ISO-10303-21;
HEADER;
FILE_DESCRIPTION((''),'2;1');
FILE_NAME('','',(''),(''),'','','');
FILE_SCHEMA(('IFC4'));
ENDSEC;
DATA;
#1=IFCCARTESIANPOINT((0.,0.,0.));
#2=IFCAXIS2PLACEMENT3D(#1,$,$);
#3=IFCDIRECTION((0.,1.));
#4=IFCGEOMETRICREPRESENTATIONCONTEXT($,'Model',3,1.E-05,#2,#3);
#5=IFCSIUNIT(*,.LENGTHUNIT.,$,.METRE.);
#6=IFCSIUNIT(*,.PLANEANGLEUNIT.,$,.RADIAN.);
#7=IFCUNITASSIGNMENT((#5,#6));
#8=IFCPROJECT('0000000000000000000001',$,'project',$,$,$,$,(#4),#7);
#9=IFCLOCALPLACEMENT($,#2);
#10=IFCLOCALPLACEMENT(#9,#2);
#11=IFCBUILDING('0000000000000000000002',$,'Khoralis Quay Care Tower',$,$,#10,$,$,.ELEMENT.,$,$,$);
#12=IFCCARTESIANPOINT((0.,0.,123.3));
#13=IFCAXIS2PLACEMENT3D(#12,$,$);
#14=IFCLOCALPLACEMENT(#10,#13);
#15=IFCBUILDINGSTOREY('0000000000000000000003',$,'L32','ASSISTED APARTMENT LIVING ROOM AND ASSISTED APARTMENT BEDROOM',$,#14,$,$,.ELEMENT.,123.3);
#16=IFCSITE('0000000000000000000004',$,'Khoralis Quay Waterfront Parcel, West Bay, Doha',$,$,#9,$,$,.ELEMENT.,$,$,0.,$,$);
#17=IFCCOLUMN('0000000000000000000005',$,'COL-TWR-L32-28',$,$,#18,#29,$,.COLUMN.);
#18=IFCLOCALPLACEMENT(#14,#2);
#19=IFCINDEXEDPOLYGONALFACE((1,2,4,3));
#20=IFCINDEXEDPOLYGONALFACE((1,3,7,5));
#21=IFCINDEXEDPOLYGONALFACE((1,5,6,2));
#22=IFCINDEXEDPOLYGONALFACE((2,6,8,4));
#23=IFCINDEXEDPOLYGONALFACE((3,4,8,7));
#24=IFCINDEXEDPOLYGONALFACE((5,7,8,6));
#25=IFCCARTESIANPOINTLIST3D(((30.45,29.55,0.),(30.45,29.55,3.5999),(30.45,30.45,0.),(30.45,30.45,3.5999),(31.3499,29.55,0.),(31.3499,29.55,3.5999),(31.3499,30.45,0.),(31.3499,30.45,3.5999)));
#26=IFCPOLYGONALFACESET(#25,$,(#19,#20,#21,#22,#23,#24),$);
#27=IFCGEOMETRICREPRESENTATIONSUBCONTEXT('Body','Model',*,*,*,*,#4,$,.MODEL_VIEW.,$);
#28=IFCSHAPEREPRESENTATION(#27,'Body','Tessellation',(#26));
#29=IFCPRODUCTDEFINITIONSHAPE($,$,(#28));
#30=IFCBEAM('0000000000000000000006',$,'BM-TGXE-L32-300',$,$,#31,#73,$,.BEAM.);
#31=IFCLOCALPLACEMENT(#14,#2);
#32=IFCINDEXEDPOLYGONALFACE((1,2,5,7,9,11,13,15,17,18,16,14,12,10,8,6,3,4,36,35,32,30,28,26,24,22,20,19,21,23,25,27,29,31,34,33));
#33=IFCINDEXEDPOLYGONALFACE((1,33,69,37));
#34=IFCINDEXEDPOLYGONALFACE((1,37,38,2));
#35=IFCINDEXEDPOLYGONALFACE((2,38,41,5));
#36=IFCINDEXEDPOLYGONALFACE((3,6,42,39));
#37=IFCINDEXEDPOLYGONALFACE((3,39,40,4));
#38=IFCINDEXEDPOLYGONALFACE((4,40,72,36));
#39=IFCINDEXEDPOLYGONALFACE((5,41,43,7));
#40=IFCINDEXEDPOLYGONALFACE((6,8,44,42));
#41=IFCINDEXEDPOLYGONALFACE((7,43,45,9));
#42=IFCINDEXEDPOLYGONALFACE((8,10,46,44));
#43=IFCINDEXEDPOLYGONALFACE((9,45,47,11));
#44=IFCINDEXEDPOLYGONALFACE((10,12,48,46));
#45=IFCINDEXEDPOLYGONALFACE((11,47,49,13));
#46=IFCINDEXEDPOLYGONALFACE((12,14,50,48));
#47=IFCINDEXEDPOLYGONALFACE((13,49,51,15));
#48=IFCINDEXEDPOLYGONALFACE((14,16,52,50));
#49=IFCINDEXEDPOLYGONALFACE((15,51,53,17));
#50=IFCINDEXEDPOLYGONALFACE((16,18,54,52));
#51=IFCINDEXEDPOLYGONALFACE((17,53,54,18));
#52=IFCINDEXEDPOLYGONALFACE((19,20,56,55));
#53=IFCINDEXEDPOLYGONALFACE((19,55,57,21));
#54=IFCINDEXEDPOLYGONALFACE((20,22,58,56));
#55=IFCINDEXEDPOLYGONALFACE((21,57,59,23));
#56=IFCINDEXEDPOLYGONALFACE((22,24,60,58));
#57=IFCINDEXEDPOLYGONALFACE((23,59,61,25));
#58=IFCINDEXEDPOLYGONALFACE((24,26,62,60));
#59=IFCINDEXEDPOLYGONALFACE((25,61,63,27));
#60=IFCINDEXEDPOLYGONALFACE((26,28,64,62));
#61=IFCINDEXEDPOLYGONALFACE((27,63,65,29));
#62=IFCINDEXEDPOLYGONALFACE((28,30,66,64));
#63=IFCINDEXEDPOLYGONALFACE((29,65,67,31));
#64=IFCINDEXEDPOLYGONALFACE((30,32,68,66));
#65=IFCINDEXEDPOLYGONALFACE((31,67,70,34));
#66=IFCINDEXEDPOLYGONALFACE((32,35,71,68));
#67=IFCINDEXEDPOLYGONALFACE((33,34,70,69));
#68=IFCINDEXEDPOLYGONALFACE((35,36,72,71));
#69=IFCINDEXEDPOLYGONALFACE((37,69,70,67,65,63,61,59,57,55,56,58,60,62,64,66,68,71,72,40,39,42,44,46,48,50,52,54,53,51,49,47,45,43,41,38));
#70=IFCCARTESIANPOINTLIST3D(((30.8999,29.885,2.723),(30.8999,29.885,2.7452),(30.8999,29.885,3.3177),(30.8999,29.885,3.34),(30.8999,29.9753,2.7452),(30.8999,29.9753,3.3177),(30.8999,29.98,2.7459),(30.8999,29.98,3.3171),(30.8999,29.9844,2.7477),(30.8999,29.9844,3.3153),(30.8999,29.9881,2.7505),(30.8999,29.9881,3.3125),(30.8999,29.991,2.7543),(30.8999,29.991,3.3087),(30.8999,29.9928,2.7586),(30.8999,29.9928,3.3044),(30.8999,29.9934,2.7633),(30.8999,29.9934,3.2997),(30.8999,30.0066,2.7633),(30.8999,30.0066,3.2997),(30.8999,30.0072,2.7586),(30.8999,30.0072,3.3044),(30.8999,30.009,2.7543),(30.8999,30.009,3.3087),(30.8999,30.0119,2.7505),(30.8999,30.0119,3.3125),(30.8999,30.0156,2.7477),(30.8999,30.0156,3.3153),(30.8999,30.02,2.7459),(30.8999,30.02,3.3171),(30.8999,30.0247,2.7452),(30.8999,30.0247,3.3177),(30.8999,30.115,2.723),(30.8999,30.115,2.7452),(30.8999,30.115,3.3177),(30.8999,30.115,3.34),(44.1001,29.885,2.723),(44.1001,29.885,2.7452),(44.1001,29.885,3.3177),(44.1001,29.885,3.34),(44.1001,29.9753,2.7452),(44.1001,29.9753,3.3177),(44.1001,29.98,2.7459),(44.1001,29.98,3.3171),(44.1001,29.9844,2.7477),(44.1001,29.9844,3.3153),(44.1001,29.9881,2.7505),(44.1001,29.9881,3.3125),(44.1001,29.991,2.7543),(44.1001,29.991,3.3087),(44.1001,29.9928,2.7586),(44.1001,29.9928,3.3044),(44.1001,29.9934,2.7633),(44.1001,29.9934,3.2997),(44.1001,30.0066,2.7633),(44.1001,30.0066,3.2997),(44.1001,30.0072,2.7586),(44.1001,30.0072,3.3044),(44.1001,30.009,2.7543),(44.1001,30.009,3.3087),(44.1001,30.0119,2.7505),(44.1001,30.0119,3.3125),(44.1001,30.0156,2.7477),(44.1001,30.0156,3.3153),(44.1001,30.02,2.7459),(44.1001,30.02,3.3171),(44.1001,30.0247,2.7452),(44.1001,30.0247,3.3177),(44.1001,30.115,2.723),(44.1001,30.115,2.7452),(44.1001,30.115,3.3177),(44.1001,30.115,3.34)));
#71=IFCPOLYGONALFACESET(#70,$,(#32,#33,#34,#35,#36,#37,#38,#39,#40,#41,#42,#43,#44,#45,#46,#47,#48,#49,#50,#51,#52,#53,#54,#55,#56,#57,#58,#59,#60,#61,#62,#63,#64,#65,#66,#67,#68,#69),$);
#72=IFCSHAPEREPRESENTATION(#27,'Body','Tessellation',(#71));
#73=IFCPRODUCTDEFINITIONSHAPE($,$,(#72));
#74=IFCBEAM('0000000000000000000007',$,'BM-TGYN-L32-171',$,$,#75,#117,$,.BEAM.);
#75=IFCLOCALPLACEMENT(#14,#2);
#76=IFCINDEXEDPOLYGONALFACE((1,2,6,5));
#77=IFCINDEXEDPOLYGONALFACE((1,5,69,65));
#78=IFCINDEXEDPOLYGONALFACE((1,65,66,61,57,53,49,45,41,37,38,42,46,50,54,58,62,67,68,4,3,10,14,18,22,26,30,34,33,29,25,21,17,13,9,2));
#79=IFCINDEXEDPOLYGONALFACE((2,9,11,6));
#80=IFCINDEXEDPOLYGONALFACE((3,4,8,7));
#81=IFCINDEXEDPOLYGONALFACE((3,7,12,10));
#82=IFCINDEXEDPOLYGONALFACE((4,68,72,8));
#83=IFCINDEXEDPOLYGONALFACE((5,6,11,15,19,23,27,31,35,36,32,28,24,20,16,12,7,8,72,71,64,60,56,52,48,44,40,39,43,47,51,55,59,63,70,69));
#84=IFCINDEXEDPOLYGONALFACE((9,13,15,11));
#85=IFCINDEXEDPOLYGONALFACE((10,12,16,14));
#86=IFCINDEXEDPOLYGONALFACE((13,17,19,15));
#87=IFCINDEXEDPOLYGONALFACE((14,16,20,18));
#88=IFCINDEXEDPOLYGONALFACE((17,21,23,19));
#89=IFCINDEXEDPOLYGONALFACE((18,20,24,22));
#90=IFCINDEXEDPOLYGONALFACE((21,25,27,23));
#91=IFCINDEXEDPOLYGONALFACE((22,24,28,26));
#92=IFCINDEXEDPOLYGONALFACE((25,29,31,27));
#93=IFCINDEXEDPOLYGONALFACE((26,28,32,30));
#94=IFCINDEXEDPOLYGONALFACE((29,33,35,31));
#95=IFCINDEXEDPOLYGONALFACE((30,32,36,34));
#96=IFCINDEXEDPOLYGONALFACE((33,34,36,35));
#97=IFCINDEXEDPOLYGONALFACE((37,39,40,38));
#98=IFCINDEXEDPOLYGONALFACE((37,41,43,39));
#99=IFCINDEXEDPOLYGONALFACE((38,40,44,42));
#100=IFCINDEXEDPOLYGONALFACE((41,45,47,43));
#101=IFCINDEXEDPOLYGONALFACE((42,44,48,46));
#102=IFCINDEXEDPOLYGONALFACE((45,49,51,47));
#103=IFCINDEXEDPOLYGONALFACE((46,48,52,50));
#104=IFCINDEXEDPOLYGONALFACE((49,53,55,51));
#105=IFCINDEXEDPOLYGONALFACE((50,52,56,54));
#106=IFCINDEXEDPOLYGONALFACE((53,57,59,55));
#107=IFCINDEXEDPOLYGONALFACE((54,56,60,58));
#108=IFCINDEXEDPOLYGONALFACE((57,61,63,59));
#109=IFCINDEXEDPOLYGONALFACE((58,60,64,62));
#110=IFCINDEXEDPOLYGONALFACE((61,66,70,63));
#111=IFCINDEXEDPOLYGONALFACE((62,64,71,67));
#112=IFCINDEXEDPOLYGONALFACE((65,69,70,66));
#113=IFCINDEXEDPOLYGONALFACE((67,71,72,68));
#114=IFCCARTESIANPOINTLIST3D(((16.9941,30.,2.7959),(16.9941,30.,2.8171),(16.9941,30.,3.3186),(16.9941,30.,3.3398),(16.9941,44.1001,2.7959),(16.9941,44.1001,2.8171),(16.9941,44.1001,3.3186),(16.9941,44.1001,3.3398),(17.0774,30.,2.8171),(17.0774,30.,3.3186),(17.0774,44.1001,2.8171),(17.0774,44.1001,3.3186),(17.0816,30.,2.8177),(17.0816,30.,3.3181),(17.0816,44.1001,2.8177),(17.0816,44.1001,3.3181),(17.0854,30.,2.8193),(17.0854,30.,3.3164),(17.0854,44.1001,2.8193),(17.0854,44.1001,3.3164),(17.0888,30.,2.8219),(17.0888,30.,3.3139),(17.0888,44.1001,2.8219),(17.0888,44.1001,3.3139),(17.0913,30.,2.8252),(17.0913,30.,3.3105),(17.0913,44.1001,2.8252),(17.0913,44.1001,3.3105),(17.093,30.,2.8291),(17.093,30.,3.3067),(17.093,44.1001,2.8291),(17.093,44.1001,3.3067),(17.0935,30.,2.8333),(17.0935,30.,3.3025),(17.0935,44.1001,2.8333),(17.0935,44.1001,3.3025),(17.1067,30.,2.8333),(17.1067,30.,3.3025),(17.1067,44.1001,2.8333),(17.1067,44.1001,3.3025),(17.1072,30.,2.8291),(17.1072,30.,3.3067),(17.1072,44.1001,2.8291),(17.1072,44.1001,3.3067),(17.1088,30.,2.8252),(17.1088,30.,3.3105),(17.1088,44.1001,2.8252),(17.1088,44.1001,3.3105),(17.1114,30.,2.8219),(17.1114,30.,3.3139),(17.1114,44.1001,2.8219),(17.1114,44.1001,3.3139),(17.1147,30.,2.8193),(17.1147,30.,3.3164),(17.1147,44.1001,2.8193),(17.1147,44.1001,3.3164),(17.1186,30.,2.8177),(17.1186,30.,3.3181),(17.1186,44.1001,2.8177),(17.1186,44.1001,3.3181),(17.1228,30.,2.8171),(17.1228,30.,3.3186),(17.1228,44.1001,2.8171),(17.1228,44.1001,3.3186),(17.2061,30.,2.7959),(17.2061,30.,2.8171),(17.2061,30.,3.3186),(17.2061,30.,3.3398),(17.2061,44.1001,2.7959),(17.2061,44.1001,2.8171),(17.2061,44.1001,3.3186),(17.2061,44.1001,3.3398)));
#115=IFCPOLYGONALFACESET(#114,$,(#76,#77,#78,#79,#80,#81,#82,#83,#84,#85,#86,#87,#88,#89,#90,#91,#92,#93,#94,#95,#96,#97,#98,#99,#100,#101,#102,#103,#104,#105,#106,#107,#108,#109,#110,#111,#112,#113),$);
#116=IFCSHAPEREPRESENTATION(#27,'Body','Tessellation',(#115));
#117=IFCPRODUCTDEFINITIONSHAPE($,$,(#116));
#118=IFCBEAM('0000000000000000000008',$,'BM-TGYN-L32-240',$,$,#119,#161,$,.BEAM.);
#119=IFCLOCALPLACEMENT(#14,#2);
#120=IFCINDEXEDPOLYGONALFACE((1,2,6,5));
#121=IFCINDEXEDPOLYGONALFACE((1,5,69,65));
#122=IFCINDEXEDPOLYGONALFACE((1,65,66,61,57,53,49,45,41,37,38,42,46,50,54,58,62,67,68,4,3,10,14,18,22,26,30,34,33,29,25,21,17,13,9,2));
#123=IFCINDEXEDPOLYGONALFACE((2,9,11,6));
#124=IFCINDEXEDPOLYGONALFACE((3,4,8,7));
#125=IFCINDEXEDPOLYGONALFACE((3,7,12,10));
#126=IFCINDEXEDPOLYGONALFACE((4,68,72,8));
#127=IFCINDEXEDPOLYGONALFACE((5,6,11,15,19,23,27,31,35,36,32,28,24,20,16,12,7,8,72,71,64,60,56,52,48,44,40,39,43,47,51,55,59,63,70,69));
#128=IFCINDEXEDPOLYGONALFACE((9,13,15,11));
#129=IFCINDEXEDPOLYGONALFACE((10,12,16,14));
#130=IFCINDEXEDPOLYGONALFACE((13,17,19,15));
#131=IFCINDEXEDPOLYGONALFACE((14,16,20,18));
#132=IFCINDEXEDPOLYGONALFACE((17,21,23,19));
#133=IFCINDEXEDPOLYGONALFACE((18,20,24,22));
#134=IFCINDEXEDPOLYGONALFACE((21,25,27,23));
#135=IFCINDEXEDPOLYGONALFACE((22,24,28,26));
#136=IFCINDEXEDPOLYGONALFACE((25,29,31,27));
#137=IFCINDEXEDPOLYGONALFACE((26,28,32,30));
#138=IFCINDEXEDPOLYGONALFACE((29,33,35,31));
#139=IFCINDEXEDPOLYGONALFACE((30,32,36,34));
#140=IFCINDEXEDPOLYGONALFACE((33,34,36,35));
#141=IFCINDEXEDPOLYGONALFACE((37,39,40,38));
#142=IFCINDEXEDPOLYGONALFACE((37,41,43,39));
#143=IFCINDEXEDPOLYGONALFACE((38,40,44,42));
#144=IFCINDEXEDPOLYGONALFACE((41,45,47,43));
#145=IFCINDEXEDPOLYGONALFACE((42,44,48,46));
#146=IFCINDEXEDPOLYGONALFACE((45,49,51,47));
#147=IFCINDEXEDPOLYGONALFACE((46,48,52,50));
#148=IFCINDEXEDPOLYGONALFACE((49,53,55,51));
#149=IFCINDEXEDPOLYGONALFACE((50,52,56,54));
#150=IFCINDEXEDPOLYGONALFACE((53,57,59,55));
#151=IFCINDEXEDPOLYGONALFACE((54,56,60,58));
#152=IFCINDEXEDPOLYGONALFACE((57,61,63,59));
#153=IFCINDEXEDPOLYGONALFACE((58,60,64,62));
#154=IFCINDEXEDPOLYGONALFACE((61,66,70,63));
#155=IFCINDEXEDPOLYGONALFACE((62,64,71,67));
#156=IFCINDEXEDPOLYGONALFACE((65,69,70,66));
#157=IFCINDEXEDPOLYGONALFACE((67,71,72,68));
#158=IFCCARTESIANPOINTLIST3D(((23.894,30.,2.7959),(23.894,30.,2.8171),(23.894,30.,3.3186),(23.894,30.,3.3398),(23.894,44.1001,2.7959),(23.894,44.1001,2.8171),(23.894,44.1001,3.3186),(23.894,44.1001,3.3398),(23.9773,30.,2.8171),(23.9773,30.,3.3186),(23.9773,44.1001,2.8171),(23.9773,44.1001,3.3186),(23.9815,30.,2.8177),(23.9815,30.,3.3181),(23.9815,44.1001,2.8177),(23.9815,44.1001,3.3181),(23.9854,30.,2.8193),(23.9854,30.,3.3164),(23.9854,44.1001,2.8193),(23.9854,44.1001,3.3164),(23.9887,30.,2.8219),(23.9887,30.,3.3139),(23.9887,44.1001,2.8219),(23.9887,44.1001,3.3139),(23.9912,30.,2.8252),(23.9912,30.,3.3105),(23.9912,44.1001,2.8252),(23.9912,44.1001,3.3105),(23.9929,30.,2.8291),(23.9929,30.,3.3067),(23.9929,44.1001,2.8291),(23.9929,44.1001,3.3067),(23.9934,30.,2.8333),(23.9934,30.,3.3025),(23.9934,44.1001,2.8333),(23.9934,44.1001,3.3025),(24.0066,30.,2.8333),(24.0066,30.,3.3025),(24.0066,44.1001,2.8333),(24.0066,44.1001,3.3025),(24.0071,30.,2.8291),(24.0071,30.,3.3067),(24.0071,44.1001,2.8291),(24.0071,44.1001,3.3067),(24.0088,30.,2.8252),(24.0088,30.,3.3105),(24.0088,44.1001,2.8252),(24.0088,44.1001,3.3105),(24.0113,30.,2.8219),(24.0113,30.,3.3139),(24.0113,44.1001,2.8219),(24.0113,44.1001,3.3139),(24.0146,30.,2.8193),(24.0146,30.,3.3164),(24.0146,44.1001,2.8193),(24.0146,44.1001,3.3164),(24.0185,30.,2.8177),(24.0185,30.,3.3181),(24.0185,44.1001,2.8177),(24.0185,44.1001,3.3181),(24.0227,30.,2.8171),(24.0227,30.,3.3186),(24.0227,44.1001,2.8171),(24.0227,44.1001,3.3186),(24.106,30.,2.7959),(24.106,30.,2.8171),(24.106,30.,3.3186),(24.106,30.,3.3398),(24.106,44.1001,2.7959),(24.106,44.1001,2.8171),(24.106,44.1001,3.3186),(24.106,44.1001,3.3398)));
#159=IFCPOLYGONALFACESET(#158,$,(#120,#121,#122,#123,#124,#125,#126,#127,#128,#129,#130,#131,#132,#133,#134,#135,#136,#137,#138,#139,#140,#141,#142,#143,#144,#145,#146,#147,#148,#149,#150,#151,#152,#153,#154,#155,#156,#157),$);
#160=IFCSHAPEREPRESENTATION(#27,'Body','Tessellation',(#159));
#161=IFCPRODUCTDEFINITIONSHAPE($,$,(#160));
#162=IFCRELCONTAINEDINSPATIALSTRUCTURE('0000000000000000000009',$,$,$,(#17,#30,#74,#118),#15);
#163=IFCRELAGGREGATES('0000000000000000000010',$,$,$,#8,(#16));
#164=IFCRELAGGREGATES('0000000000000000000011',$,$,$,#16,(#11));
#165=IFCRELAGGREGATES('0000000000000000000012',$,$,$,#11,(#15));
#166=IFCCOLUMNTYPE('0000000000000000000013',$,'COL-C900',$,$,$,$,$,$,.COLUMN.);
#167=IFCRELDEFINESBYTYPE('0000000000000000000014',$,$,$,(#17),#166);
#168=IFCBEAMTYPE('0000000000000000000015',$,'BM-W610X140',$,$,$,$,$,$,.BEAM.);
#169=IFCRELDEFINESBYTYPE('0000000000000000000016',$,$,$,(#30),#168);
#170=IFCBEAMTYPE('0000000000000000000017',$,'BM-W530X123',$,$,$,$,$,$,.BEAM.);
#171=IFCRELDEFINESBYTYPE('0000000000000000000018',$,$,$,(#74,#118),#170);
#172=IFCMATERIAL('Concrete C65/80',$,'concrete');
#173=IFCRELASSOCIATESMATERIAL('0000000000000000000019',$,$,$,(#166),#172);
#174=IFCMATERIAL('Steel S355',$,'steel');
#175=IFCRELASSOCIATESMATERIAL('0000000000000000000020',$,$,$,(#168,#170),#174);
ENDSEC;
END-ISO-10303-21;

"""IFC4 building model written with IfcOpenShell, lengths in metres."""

from ifc_helpers import new_model, si_unit, direction, frame, origin, origin_2d, place, context, subcontext, project, spatial, rectangle, i_section, extrude, source, transform, mapped, material, material_profile, profile_set, type_object, element, save


model = new_model("IFC4")

# Units and contexts
model_context = context("Model", 3, precision=1e-05, world=origin(), true_north=direction((0.0, 1.0)))
body_context = subcontext(model_context, "Body", "Model", "MODEL_VIEW")
ifc_project = project(units=[si_unit("LENGTHUNIT", "METRE"), si_unit("PLANEANGLEUNIT", "RADIAN")], contexts=[model_context])

# Site, building, storey
site_placement = place(None, origin())
site = spatial("IfcSite", under=ifc_project, at=site_placement, Name="Khoralis Quay Waterfront Parcel, West Bay, Doha", CompositionType="ELEMENT", RefElevation=0.0)
building_placement = place(site_placement, origin())
building = spatial("IfcBuilding", under=site, at=building_placement, Name="Khoralis Quay Care Tower", CompositionType="ELEMENT")
storey_placement = place(building_placement, frame((0.0, 0.0, 123.3)))
storey = spatial("IfcBuildingStorey", under=building, at=storey_placement, Name="L32", Description="ASSISTED APARTMENT LIVING ROOM AND ASSISTED APARTMENT BEDROOM", CompositionType="ELEMENT", Elevation=123.3)

# Column
ifc_material_1 = material(Name="Concrete C65/80", Category="concrete")
ifc_material_profile_1 = material_profile(ifc_material_1, rectangle(XDim=0.8999, YDim=0.8999, at=origin_2d()), Name="Concrete C65/80")
ifc_profile_set_1 = profile_set([ifc_material_profile_1], Name="Concrete C65/80")
column_type = type_object("IfcColumnType", Name="COL-C900", PredefinedType="COLUMN", material=ifc_profile_set_1)
shared_shape_1 = source(origin(), body_context, "Body", "SweptSolid", [
    extrude(rectangle(XDim=0.8999, YDim=0.8999, at=origin_2d()), origin(), (0.0, 0.0, 1.0), 3.5999),
])
column_placement = place(storey_placement, frame((30.8999, 30.0, 0.0), z_axis=(0.0, 0.0, 1.0), x_axis=(1.0, 0.0, 0.0)))
element("IfcColumn", 1, at=column_placement, inside=storey, type_object=column_type, Name="COL-TWR-L32-28", PredefinedType="COLUMN", context=body_context, shape_type="MappedRepresentation", body=[
    mapped(shared_shape_1, transform((0.0, 0.0, 0.0), scale=1.0)),
])

# Beams
ifc_material_2 = material(Name="Steel S355", Category="steel")
ifc_material_profile_2 = material_profile(ifc_material_2, i_section(OverallWidth=0.23, OverallDepth=0.6169, WebThickness=0.0132, FlangeThickness=0.0222, FilletRadius=0.0181, at=origin_2d()), Name="Steel S355")
ifc_profile_set_2 = profile_set([ifc_material_profile_2], Name="Steel S355")
beam_type_1 = type_object("IfcBeamType", Name="BM-W610X140", PredefinedType="BEAM", material=ifc_profile_set_2)
shared_shape_2 = source(origin(), body_context, "Body", "SweptSolid", [
    extrude(i_section(OverallWidth=0.23, OverallDepth=0.6169, WebThickness=0.0132, FlangeThickness=0.0222, FilletRadius=0.0181, at=origin_2d()), origin(), (0.0, 0.0, 1.0), 13.2002),
])
beam_1_placement = place(storey_placement, frame((30.8999, 30.0, 3.0315), z_axis=(1.0, 0.0, 0.0), x_axis=(0.0, 1.0, 0.0)))
element("IfcBeam", 2, at=beam_1_placement, inside=storey, type_object=beam_type_1, Name="BM-TGXE-L32-300", PredefinedType="BEAM", context=body_context, shape_type="MappedRepresentation", body=[
    mapped(shared_shape_2, transform((0.0, 0.0, 0.0), scale=1.0)),
])
ifc_material_profile_3 = material_profile(ifc_material_2, i_section(OverallWidth=0.2119, OverallDepth=0.5439, WebThickness=0.0132, FlangeThickness=0.0212, FilletRadius=0.0161, at=origin_2d()), Name="Steel S355")
ifc_profile_set_3 = profile_set([ifc_material_profile_3], Name="Steel S355")
beam_type_2 = type_object("IfcBeamType", Name="BM-W530X123", PredefinedType="BEAM", material=ifc_profile_set_3)
shared_shape_3 = source(origin(), body_context, "Body", "SweptSolid", [
    extrude(i_section(OverallWidth=0.2119, OverallDepth=0.5439, WebThickness=0.0132, FlangeThickness=0.0212, FilletRadius=0.0161, at=origin_2d()), origin(), (0.0, 0.0, 1.0), 14.1001),
])
for number, where, z_axis, x_axis, name in (
    (3, (17.1001, 30.0, 3.0679), (0.0, 1.0, 0.0), (-1.0, 0.0, 0.0), "BM-TGYN-L32-171"),
    (4, (24.0, 30.0, 3.0679), (0.0, 1.0, 0.0), (-1.0, 0.0, 0.0), "BM-TGYN-L32-240"),
):
    element("IfcBeam", number, at=place(storey_placement, frame(where, z_axis=z_axis, x_axis=x_axis)), inside=storey, type_object=beam_type_2, Name=name, PredefinedType="BEAM", context=body_context, shape_type="MappedRepresentation", body=[
        mapped(shared_shape_3, transform((0.0, 0.0, 0.0), scale=1.0)),
    ])

save(model, "model.ifc")
